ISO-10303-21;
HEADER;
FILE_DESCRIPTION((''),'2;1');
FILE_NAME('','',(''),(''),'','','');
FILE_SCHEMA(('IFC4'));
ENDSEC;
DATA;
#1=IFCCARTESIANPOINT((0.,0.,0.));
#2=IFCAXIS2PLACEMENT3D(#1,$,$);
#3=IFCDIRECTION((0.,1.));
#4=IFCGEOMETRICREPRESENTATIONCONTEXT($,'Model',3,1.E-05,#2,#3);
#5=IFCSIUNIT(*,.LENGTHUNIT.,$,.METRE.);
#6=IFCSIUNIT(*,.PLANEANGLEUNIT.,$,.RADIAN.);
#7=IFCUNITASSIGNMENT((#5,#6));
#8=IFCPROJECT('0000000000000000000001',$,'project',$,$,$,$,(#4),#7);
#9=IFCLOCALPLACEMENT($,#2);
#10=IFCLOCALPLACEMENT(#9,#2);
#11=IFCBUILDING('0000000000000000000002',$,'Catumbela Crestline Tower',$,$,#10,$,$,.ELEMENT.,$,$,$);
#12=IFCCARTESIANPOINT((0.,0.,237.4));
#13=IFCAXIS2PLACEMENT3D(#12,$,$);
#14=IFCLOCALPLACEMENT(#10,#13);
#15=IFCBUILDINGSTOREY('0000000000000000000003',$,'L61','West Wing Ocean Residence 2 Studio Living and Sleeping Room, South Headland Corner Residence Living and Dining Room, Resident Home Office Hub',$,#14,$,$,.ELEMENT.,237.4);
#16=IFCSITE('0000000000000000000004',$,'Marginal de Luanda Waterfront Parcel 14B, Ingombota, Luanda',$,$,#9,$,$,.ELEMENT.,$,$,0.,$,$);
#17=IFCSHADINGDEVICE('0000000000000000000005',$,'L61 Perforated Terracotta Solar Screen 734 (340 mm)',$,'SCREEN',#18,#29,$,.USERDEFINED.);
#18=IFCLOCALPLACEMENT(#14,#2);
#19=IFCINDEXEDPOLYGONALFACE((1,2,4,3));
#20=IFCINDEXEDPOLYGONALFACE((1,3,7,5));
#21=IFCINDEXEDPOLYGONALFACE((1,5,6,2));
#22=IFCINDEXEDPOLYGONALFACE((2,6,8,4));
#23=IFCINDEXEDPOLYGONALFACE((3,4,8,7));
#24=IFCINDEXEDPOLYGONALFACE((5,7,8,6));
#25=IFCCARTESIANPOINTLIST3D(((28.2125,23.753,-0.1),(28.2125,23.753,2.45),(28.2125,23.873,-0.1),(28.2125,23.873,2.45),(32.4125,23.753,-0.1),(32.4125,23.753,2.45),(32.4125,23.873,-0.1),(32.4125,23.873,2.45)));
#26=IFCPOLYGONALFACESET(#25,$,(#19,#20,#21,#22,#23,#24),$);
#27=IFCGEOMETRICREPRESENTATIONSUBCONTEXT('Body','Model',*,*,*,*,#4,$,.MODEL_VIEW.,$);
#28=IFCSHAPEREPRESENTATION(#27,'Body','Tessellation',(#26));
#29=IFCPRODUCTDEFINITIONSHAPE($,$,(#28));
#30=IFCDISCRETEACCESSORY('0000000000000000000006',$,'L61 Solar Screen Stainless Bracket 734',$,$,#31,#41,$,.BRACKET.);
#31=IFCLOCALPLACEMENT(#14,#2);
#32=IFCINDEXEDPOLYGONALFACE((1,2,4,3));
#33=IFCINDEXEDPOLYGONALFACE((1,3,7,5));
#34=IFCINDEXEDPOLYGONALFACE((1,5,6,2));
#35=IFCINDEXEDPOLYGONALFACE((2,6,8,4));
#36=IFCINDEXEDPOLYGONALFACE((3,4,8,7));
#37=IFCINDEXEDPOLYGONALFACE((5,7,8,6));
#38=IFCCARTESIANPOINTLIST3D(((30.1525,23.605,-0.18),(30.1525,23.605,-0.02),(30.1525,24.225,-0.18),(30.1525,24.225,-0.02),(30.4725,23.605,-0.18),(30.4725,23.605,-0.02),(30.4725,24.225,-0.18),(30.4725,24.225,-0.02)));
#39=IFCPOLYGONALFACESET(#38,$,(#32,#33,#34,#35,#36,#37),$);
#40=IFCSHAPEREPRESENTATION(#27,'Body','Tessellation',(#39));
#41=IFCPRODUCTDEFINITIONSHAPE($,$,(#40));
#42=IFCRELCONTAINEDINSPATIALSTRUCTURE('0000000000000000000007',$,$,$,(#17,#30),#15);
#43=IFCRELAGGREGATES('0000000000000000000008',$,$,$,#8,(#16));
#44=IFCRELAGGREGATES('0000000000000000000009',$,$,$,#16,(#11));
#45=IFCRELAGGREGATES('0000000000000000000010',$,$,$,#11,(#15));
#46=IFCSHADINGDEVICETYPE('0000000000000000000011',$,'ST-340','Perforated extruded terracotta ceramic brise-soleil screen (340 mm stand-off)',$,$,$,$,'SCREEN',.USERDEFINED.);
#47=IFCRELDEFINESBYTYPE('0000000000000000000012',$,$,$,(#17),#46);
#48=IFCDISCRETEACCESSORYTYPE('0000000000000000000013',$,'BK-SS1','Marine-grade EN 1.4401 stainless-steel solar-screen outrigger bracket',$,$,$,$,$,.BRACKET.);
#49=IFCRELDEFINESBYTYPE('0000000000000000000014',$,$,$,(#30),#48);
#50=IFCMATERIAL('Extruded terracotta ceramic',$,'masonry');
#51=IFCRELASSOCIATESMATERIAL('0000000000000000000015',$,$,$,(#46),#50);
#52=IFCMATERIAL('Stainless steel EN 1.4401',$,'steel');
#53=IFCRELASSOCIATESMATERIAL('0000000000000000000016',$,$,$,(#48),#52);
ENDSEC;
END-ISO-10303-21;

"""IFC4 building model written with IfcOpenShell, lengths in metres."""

from ifc_helpers import new_model, si_unit, direction, frame, origin, origin_2d, place, context, subcontext, project, spatial, rectangle, extrude, material, type_object, element, save


model = new_model("IFC4")

# Units and contexts
model_context = context("Model", 3, precision=1e-05, world=origin(), true_north=direction((0.0, 1.0)))
body_context = subcontext(model_context, "Body", "Model", "MODEL_VIEW")
ifc_project = project(units=[si_unit("LENGTHUNIT", "METRE"), si_unit("PLANEANGLEUNIT", "RADIAN")], contexts=[model_context])

# Site, building, storey
site_placement = place(None, origin())
site = spatial("IfcSite", under=ifc_project, at=site_placement, Name="Marginal de Luanda Waterfront Parcel 14B, Ingombota, Luanda", CompositionType="ELEMENT", RefElevation=0.0)
building_placement = place(site_placement, origin())
building = spatial("IfcBuilding", under=site, at=building_placement, Name="Catumbela Crestline Tower", CompositionType="ELEMENT")
storey_placement = place(building_placement, frame((0.0, 0.0, 237.4)))
storey = spatial("IfcBuildingStorey", under=building, at=storey_placement, Name="L61", Description="West Wing Ocean Residence 2 Studio Living and Sleeping Room, South Headland Corner Residence Living and Dining Room, Resident Home Office Hub", CompositionType="ELEMENT", Elevation=237.4)

# Shared definitions
ifc_material_1 = material(Name="Stainless steel EN 1.4401", Category="steel")

# Shading device
ifc_material_2 = material(Name="Extruded terracotta ceramic", Category="masonry")
shading_device_type = type_object("IfcShadingDeviceType", Name="ST-340", Description="Perforated extruded terracotta ceramic brise-soleil screen (340 mm stand-off)", ElementType="SCREEN", PredefinedType="USERDEFINED", material=ifc_material_2)
shading_device_placement = place(storey_placement, frame((30.3125, 23.813, -0.1), z_axis=(0.0, 0.0, 1.0), x_axis=(1.0, 0.0, 0.0)))
element("IfcShadingDevice", 1, at=shading_device_placement, inside=storey, type_object=shading_device_type, Name="L61 Perforated Terracotta Solar Screen 734 (340 mm)", ObjectType="SCREEN", PredefinedType="USERDEFINED", context=body_context, shape_type="SweptSolid", body=[
    extrude(rectangle(XDim=4.2, YDim=0.12, at=origin_2d()), origin(), (0.0, 0.0, 1.0), 2.55),
])

# Discrete accessory
discrete_accessory_type = type_object("IfcDiscreteAccessoryType", Name="BK-SS1", Description="Marine-grade EN 1.4401 stainless-steel solar-screen outrigger bracket", PredefinedType="BRACKET", material=ifc_material_1)
discrete_accessory_placement = place(storey_placement, frame((30.3125, 23.915, -0.18), z_axis=(0.0, 0.0, 1.0), x_axis=(1.0, 0.0, 0.0)))
element("IfcDiscreteAccessory", 2, at=discrete_accessory_placement, inside=storey, type_object=discrete_accessory_type, Name="L61 Solar Screen Stainless Bracket 734", PredefinedType="BRACKET", context=body_context, shape_type="SweptSolid", body=[
    extrude(rectangle(XDim=0.32, YDim=0.62, at=origin_2d()), origin(), (0.0, 0.0, 1.0), 0.16),
])

save(model, "model.ifc")
